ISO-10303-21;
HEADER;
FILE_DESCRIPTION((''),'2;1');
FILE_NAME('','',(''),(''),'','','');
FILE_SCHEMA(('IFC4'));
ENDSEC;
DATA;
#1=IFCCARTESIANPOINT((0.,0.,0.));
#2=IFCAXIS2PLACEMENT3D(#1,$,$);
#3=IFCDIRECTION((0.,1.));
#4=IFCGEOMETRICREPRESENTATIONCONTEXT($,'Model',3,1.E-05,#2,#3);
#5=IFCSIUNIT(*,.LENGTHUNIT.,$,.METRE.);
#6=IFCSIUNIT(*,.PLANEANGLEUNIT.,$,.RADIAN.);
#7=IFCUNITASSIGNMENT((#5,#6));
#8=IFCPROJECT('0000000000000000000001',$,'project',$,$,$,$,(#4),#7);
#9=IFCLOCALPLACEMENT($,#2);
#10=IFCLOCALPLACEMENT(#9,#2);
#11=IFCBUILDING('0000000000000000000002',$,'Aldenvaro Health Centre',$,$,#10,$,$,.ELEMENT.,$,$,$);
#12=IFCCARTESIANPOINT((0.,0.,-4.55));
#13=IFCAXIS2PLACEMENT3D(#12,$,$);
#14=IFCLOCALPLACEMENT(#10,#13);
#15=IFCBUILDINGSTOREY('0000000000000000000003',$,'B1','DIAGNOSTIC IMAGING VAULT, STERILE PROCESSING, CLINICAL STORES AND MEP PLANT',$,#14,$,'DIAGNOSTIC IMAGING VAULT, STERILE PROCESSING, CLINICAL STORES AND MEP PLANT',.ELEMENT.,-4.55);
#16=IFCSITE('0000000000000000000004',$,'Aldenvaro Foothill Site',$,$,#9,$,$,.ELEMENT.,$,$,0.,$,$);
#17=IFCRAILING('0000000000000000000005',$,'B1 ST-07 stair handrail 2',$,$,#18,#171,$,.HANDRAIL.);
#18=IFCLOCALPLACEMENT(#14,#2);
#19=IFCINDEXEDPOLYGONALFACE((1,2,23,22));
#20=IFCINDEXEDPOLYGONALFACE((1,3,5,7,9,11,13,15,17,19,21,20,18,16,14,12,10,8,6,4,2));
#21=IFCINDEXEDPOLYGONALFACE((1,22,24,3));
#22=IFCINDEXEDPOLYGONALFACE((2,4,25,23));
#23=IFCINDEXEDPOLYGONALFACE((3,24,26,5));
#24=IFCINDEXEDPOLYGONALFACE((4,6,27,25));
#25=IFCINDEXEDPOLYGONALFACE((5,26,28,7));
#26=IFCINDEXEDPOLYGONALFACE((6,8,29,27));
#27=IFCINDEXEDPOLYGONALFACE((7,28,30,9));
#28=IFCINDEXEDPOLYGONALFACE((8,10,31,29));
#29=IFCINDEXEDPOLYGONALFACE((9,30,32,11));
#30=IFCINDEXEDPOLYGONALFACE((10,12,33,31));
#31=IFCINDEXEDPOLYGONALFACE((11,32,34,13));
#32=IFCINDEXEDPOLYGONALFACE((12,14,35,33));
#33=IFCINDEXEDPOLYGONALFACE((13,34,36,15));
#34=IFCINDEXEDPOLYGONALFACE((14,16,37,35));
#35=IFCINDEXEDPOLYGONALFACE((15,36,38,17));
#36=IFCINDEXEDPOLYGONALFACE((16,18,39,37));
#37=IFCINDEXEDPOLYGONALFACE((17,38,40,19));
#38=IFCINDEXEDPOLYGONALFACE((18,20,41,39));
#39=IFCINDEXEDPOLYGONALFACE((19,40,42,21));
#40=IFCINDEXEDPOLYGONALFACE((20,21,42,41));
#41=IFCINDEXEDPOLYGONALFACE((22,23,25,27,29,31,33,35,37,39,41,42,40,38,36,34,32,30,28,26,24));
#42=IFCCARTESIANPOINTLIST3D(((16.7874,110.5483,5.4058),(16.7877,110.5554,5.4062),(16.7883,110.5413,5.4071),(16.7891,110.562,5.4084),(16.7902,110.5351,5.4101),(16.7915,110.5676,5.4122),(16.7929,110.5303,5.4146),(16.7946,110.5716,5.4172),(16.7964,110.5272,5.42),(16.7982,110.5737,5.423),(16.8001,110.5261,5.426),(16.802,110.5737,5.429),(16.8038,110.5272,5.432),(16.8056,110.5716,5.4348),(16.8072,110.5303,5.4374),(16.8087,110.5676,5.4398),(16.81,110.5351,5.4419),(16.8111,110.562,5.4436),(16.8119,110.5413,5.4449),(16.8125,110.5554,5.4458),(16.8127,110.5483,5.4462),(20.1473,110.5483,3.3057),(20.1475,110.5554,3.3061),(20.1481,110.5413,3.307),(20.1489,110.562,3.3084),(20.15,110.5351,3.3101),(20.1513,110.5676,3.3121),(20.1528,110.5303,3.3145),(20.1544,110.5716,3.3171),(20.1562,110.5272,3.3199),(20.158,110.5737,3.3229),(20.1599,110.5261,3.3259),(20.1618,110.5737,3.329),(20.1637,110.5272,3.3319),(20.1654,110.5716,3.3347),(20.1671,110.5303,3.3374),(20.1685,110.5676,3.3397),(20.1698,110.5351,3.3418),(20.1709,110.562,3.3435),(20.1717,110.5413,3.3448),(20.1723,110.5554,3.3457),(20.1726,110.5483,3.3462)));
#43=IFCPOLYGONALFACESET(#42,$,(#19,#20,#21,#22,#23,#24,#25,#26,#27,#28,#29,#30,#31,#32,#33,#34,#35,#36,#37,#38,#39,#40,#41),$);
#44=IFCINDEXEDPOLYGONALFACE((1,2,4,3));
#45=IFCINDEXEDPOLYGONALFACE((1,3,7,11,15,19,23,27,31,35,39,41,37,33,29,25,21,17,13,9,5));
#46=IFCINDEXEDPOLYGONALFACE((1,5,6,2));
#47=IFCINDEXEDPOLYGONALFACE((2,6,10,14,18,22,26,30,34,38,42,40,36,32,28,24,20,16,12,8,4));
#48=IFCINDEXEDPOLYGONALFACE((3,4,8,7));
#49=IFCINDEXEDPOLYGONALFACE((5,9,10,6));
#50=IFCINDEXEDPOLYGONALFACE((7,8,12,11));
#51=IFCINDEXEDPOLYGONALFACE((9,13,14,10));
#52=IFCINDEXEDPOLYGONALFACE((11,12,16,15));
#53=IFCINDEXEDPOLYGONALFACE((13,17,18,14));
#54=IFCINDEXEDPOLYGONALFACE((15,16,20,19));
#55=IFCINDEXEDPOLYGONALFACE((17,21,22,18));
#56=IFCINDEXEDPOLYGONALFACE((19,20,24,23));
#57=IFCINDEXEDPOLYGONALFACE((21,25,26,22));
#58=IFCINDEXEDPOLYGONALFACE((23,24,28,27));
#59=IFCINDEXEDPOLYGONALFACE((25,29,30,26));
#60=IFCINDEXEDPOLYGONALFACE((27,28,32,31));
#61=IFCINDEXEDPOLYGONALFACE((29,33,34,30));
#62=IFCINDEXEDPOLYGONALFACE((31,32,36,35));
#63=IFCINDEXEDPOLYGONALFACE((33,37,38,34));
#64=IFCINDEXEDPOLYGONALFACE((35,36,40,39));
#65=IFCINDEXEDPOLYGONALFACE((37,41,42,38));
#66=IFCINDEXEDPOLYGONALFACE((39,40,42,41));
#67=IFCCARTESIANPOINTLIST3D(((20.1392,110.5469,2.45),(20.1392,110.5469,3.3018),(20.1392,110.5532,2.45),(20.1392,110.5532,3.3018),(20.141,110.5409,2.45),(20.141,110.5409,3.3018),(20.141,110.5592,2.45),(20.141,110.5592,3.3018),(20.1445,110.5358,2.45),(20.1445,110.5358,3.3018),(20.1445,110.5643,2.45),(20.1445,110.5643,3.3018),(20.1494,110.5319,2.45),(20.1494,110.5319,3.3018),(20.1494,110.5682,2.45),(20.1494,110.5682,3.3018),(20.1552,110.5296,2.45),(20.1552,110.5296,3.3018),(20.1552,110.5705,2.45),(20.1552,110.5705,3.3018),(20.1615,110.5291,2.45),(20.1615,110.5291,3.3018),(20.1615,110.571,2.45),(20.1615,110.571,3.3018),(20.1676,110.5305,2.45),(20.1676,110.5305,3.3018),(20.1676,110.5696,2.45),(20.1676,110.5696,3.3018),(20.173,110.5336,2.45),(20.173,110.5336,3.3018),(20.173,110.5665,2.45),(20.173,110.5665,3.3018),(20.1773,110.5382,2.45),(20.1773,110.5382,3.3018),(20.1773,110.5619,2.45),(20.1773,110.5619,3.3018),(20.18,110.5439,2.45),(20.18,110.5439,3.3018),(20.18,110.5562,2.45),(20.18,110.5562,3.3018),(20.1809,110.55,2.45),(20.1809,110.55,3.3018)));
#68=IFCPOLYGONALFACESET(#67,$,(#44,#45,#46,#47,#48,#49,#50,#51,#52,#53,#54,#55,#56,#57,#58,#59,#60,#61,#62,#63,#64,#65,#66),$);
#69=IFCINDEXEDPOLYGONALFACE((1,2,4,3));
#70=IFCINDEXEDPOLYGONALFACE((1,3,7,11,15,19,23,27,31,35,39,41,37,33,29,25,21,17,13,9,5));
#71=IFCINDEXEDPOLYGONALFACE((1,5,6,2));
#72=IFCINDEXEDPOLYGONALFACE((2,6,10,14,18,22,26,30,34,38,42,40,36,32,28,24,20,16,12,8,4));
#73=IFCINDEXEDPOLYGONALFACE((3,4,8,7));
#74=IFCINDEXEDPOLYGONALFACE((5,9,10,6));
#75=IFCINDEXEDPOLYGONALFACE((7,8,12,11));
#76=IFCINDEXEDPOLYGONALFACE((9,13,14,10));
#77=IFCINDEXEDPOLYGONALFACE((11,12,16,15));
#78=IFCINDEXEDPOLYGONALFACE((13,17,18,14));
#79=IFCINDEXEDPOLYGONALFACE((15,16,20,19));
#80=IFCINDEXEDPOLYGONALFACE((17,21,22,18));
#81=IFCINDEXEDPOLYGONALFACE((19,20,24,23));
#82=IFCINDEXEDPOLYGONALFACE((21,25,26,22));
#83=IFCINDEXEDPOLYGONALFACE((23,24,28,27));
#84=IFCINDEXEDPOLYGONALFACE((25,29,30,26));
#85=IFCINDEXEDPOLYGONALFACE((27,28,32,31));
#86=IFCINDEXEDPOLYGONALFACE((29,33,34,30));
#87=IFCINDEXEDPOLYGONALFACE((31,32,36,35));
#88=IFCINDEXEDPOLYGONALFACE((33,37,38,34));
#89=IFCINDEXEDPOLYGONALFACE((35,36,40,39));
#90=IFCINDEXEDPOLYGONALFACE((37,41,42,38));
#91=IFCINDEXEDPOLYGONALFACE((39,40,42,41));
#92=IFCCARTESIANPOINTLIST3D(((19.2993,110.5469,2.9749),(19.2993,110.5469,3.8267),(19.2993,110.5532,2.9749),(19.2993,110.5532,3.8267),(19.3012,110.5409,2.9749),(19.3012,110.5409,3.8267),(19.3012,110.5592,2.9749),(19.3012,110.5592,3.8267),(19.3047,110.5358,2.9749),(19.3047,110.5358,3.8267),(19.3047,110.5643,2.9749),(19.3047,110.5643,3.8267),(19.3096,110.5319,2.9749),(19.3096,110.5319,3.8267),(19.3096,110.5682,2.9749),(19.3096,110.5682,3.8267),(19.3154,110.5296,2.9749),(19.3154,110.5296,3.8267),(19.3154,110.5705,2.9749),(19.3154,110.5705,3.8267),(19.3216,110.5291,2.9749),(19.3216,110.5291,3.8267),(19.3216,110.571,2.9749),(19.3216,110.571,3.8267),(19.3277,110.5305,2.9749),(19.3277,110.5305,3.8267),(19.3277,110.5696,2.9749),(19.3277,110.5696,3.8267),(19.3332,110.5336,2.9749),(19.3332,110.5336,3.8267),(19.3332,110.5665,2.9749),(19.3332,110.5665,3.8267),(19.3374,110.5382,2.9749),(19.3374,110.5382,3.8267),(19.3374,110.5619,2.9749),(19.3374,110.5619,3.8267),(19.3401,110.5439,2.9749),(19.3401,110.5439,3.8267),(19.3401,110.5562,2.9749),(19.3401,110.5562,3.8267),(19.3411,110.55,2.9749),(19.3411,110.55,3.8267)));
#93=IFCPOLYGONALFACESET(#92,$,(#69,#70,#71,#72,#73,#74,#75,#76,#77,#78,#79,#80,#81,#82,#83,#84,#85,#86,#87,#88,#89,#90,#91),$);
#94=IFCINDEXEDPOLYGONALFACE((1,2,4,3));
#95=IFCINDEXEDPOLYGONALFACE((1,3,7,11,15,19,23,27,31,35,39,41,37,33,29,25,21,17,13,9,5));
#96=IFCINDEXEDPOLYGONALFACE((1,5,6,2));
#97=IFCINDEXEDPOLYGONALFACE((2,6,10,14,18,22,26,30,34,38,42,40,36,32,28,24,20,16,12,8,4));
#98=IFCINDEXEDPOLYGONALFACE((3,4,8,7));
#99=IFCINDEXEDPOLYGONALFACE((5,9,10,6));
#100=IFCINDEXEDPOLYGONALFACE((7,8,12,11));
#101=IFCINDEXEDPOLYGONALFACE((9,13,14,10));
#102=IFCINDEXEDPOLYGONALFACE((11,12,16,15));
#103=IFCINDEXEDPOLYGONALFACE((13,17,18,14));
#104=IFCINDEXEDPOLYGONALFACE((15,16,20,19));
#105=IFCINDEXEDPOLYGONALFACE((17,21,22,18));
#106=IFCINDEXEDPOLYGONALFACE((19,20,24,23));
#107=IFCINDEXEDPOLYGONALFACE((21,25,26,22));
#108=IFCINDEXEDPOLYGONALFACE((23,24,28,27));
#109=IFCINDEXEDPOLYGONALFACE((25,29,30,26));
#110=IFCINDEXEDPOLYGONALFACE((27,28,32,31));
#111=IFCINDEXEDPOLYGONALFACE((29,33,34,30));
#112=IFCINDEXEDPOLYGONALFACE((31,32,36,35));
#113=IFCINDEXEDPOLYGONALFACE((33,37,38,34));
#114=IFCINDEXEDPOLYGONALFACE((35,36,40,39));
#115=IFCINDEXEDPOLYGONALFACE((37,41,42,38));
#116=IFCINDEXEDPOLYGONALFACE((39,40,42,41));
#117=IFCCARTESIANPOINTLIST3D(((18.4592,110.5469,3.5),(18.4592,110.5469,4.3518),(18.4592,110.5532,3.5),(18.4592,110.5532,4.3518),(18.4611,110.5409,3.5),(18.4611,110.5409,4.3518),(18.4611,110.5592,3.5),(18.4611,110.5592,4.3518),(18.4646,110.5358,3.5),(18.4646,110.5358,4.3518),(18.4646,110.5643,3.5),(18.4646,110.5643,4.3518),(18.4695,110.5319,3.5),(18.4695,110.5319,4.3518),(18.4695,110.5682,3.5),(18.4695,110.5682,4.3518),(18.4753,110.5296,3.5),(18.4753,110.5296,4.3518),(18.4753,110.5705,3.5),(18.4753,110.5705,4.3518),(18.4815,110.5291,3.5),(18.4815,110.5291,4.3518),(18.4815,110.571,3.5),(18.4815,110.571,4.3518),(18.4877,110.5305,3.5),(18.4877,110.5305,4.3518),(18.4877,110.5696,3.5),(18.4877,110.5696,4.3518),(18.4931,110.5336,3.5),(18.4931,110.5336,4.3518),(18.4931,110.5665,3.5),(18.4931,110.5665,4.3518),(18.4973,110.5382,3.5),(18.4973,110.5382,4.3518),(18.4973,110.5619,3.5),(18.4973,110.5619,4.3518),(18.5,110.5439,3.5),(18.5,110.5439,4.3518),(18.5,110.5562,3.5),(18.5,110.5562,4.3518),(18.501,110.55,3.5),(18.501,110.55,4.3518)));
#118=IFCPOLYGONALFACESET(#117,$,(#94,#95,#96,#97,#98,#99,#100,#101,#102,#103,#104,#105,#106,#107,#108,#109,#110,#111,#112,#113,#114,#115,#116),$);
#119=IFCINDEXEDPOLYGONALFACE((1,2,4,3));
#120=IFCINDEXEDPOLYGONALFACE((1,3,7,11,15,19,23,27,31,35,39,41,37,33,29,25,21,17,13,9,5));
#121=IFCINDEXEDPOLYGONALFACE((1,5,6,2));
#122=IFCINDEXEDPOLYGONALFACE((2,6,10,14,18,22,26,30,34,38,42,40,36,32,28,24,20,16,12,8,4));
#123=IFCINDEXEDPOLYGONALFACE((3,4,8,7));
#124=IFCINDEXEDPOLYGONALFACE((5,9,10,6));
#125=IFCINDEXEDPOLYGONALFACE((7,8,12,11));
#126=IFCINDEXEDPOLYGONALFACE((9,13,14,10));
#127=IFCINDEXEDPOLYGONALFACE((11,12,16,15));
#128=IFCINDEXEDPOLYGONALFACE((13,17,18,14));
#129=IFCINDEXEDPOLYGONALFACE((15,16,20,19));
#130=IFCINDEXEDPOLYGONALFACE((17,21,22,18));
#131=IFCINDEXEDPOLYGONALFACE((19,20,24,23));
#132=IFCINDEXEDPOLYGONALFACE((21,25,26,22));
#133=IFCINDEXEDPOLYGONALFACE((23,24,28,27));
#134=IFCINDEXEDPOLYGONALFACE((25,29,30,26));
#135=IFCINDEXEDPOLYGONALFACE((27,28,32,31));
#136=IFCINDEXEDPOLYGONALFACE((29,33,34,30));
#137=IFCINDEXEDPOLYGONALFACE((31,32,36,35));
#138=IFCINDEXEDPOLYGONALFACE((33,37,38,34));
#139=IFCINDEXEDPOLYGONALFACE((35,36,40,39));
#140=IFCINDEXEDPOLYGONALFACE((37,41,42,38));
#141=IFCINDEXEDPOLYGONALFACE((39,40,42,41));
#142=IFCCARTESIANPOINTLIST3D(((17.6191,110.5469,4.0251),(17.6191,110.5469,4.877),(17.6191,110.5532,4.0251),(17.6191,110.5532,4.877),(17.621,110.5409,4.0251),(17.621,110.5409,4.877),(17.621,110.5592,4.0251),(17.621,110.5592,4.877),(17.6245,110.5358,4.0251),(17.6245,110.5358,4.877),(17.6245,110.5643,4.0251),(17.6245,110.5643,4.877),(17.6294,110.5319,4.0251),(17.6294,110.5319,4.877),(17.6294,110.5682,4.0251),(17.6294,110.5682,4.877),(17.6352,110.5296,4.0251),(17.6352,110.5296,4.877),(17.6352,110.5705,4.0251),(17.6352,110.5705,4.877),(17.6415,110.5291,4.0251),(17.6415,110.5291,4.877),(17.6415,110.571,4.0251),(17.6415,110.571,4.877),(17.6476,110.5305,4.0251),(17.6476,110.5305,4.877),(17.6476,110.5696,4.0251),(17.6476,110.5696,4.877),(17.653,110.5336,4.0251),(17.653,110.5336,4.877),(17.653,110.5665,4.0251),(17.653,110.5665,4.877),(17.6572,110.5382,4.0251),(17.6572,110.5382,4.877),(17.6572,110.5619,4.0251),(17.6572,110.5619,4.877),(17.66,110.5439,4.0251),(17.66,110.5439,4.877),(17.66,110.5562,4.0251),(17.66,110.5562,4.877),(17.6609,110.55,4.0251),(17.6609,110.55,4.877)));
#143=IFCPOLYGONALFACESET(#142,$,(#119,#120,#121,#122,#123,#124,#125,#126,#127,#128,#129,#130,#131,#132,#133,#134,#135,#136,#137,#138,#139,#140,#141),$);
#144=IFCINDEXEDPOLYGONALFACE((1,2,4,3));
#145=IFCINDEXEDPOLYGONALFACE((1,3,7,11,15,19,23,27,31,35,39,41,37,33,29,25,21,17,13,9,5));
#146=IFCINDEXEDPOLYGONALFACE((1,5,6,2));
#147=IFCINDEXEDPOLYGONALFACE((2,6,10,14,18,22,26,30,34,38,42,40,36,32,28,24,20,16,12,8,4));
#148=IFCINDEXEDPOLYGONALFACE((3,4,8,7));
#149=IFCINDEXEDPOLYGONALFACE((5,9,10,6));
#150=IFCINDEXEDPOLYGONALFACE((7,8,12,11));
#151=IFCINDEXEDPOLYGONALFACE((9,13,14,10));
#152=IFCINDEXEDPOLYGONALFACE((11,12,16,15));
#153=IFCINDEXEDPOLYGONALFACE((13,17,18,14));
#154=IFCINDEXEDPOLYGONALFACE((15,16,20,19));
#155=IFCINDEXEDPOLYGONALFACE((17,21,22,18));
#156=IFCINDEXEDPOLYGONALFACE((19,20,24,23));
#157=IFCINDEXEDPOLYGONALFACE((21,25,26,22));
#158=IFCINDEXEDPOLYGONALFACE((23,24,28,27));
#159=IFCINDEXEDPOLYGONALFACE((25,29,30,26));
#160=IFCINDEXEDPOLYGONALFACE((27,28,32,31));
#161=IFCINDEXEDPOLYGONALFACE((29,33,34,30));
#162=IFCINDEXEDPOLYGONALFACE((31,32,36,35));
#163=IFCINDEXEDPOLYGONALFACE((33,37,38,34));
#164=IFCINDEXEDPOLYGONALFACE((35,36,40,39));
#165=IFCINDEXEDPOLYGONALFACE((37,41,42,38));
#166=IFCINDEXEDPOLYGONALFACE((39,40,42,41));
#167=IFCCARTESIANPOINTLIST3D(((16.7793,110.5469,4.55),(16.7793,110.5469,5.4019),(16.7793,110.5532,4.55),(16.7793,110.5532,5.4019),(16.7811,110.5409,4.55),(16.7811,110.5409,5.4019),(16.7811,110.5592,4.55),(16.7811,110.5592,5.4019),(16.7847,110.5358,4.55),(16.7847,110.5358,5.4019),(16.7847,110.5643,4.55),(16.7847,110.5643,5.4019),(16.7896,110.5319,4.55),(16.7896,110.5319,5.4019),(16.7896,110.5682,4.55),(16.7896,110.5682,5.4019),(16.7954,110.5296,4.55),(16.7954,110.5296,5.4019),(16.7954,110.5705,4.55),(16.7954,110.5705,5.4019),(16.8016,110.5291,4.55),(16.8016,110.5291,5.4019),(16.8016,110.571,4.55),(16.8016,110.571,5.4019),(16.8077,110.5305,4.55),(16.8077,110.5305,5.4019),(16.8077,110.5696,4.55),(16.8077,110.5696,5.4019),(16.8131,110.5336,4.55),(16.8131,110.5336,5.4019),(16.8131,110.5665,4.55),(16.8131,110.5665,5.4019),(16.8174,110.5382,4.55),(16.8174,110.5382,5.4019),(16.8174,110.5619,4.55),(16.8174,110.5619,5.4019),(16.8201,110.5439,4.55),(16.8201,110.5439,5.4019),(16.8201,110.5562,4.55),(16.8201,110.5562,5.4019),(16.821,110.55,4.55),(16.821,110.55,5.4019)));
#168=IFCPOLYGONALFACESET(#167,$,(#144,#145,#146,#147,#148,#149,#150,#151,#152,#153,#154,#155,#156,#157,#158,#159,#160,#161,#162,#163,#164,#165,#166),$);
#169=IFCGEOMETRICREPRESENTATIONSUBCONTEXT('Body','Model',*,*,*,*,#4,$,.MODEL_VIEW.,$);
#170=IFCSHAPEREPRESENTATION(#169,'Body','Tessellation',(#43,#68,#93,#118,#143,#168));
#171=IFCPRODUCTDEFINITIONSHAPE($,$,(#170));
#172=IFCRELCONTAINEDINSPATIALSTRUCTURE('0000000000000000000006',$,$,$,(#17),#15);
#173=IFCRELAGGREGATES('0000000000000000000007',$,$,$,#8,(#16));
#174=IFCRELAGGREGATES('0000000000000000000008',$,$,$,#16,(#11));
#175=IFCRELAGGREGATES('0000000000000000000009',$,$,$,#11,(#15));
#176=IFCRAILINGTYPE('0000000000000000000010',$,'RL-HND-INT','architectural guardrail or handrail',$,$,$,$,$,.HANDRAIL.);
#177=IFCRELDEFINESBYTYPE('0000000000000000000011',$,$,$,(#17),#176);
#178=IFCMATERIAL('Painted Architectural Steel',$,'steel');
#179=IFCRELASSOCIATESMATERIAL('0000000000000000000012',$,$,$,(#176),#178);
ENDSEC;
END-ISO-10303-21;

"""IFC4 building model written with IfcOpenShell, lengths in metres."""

from ifc_helpers import new_model, si_unit, direction, frame, origin, origin_2d, place, context, subcontext, project, spatial, circle, extrude, material, type_object, element, save


model = new_model("IFC4")

# Units and contexts
model_context = context("Model", 3, precision=1e-05, world=origin(), true_north=direction((0.0, 1.0)))
body_context = subcontext(model_context, "Body", "Model", "MODEL_VIEW")
ifc_project = project(units=[si_unit("LENGTHUNIT", "METRE"), si_unit("PLANEANGLEUNIT", "RADIAN")], contexts=[model_context])

# Site, building, storey
site_placement = place(None, origin())
site = spatial("IfcSite", under=ifc_project, at=site_placement, Name="Aldenvaro Foothill Site", CompositionType="ELEMENT", RefElevation=0.0)
building_placement = place(site_placement, origin())
building = spatial("IfcBuilding", under=site, at=building_placement, Name="Aldenvaro Health Centre", CompositionType="ELEMENT")
storey_placement = place(building_placement, frame((0.0, 0.0, -4.55)))
storey = spatial("IfcBuildingStorey", under=building, at=storey_placement, Name="B1", Description="DIAGNOSTIC IMAGING VAULT, STERILE PROCESSING, CLINICAL STORES AND MEP PLANT", LongName="DIAGNOSTIC IMAGING VAULT, STERILE PROCESSING, CLINICAL STORES AND MEP PLANT", CompositionType="ELEMENT", Elevation=-4.55)

# Railing
ifc_material_1 = material(Name="Painted Architectural Steel", Category="steel")
railing_type_1 = type_object("IfcRailingType", Name="RL-HND-INT", Description="architectural guardrail or handrail", PredefinedType="HANDRAIL", material=ifc_material_1)
railing_1_placement = place(storey_placement, frame((20.1599, 110.55, 2.45)))
element("IfcRailing", 1, at=railing_1_placement, inside=storey, type_object=railing_type_1, Name="B1 ST-07 stair handrail 2", PredefinedType="HANDRAIL", context=body_context, shape_type="SweptSolid", body=[
    extrude(circle(Radius=0.0239, at=origin_2d()), frame((0.0, 0.0, 0.876), z_axis=(-0.847978, 0.0, 0.530032), x_axis=(0.0, -1.0, 0.0)), (0.0, 0.0, 1.0), 3.9622),
    extrude(circle(Radius=0.021, at=origin_2d()), origin(), (0.0, 0.0, 1.0), 0.8518),
    extrude(circle(Radius=0.021, at=origin_2d()), frame((-0.8398, 0.0, 0.5249)), (0.0, 0.0, 1.0), 0.8518),
    extrude(circle(Radius=0.021, at=origin_2d()), frame((-1.6799, 0.0, 1.05)), (0.0, 0.0, 1.0), 0.8518),
    extrude(circle(Radius=0.021, at=origin_2d()), frame((-2.52, 0.0, 1.5752)), (0.0, 0.0, 1.0), 0.8518),
    extrude(circle(Radius=0.021, at=origin_2d()), frame((-3.3599, 0.0, 2.1001)), (0.0, 0.0, 1.0), 0.8518),
])

save(model, "model.ifc")
